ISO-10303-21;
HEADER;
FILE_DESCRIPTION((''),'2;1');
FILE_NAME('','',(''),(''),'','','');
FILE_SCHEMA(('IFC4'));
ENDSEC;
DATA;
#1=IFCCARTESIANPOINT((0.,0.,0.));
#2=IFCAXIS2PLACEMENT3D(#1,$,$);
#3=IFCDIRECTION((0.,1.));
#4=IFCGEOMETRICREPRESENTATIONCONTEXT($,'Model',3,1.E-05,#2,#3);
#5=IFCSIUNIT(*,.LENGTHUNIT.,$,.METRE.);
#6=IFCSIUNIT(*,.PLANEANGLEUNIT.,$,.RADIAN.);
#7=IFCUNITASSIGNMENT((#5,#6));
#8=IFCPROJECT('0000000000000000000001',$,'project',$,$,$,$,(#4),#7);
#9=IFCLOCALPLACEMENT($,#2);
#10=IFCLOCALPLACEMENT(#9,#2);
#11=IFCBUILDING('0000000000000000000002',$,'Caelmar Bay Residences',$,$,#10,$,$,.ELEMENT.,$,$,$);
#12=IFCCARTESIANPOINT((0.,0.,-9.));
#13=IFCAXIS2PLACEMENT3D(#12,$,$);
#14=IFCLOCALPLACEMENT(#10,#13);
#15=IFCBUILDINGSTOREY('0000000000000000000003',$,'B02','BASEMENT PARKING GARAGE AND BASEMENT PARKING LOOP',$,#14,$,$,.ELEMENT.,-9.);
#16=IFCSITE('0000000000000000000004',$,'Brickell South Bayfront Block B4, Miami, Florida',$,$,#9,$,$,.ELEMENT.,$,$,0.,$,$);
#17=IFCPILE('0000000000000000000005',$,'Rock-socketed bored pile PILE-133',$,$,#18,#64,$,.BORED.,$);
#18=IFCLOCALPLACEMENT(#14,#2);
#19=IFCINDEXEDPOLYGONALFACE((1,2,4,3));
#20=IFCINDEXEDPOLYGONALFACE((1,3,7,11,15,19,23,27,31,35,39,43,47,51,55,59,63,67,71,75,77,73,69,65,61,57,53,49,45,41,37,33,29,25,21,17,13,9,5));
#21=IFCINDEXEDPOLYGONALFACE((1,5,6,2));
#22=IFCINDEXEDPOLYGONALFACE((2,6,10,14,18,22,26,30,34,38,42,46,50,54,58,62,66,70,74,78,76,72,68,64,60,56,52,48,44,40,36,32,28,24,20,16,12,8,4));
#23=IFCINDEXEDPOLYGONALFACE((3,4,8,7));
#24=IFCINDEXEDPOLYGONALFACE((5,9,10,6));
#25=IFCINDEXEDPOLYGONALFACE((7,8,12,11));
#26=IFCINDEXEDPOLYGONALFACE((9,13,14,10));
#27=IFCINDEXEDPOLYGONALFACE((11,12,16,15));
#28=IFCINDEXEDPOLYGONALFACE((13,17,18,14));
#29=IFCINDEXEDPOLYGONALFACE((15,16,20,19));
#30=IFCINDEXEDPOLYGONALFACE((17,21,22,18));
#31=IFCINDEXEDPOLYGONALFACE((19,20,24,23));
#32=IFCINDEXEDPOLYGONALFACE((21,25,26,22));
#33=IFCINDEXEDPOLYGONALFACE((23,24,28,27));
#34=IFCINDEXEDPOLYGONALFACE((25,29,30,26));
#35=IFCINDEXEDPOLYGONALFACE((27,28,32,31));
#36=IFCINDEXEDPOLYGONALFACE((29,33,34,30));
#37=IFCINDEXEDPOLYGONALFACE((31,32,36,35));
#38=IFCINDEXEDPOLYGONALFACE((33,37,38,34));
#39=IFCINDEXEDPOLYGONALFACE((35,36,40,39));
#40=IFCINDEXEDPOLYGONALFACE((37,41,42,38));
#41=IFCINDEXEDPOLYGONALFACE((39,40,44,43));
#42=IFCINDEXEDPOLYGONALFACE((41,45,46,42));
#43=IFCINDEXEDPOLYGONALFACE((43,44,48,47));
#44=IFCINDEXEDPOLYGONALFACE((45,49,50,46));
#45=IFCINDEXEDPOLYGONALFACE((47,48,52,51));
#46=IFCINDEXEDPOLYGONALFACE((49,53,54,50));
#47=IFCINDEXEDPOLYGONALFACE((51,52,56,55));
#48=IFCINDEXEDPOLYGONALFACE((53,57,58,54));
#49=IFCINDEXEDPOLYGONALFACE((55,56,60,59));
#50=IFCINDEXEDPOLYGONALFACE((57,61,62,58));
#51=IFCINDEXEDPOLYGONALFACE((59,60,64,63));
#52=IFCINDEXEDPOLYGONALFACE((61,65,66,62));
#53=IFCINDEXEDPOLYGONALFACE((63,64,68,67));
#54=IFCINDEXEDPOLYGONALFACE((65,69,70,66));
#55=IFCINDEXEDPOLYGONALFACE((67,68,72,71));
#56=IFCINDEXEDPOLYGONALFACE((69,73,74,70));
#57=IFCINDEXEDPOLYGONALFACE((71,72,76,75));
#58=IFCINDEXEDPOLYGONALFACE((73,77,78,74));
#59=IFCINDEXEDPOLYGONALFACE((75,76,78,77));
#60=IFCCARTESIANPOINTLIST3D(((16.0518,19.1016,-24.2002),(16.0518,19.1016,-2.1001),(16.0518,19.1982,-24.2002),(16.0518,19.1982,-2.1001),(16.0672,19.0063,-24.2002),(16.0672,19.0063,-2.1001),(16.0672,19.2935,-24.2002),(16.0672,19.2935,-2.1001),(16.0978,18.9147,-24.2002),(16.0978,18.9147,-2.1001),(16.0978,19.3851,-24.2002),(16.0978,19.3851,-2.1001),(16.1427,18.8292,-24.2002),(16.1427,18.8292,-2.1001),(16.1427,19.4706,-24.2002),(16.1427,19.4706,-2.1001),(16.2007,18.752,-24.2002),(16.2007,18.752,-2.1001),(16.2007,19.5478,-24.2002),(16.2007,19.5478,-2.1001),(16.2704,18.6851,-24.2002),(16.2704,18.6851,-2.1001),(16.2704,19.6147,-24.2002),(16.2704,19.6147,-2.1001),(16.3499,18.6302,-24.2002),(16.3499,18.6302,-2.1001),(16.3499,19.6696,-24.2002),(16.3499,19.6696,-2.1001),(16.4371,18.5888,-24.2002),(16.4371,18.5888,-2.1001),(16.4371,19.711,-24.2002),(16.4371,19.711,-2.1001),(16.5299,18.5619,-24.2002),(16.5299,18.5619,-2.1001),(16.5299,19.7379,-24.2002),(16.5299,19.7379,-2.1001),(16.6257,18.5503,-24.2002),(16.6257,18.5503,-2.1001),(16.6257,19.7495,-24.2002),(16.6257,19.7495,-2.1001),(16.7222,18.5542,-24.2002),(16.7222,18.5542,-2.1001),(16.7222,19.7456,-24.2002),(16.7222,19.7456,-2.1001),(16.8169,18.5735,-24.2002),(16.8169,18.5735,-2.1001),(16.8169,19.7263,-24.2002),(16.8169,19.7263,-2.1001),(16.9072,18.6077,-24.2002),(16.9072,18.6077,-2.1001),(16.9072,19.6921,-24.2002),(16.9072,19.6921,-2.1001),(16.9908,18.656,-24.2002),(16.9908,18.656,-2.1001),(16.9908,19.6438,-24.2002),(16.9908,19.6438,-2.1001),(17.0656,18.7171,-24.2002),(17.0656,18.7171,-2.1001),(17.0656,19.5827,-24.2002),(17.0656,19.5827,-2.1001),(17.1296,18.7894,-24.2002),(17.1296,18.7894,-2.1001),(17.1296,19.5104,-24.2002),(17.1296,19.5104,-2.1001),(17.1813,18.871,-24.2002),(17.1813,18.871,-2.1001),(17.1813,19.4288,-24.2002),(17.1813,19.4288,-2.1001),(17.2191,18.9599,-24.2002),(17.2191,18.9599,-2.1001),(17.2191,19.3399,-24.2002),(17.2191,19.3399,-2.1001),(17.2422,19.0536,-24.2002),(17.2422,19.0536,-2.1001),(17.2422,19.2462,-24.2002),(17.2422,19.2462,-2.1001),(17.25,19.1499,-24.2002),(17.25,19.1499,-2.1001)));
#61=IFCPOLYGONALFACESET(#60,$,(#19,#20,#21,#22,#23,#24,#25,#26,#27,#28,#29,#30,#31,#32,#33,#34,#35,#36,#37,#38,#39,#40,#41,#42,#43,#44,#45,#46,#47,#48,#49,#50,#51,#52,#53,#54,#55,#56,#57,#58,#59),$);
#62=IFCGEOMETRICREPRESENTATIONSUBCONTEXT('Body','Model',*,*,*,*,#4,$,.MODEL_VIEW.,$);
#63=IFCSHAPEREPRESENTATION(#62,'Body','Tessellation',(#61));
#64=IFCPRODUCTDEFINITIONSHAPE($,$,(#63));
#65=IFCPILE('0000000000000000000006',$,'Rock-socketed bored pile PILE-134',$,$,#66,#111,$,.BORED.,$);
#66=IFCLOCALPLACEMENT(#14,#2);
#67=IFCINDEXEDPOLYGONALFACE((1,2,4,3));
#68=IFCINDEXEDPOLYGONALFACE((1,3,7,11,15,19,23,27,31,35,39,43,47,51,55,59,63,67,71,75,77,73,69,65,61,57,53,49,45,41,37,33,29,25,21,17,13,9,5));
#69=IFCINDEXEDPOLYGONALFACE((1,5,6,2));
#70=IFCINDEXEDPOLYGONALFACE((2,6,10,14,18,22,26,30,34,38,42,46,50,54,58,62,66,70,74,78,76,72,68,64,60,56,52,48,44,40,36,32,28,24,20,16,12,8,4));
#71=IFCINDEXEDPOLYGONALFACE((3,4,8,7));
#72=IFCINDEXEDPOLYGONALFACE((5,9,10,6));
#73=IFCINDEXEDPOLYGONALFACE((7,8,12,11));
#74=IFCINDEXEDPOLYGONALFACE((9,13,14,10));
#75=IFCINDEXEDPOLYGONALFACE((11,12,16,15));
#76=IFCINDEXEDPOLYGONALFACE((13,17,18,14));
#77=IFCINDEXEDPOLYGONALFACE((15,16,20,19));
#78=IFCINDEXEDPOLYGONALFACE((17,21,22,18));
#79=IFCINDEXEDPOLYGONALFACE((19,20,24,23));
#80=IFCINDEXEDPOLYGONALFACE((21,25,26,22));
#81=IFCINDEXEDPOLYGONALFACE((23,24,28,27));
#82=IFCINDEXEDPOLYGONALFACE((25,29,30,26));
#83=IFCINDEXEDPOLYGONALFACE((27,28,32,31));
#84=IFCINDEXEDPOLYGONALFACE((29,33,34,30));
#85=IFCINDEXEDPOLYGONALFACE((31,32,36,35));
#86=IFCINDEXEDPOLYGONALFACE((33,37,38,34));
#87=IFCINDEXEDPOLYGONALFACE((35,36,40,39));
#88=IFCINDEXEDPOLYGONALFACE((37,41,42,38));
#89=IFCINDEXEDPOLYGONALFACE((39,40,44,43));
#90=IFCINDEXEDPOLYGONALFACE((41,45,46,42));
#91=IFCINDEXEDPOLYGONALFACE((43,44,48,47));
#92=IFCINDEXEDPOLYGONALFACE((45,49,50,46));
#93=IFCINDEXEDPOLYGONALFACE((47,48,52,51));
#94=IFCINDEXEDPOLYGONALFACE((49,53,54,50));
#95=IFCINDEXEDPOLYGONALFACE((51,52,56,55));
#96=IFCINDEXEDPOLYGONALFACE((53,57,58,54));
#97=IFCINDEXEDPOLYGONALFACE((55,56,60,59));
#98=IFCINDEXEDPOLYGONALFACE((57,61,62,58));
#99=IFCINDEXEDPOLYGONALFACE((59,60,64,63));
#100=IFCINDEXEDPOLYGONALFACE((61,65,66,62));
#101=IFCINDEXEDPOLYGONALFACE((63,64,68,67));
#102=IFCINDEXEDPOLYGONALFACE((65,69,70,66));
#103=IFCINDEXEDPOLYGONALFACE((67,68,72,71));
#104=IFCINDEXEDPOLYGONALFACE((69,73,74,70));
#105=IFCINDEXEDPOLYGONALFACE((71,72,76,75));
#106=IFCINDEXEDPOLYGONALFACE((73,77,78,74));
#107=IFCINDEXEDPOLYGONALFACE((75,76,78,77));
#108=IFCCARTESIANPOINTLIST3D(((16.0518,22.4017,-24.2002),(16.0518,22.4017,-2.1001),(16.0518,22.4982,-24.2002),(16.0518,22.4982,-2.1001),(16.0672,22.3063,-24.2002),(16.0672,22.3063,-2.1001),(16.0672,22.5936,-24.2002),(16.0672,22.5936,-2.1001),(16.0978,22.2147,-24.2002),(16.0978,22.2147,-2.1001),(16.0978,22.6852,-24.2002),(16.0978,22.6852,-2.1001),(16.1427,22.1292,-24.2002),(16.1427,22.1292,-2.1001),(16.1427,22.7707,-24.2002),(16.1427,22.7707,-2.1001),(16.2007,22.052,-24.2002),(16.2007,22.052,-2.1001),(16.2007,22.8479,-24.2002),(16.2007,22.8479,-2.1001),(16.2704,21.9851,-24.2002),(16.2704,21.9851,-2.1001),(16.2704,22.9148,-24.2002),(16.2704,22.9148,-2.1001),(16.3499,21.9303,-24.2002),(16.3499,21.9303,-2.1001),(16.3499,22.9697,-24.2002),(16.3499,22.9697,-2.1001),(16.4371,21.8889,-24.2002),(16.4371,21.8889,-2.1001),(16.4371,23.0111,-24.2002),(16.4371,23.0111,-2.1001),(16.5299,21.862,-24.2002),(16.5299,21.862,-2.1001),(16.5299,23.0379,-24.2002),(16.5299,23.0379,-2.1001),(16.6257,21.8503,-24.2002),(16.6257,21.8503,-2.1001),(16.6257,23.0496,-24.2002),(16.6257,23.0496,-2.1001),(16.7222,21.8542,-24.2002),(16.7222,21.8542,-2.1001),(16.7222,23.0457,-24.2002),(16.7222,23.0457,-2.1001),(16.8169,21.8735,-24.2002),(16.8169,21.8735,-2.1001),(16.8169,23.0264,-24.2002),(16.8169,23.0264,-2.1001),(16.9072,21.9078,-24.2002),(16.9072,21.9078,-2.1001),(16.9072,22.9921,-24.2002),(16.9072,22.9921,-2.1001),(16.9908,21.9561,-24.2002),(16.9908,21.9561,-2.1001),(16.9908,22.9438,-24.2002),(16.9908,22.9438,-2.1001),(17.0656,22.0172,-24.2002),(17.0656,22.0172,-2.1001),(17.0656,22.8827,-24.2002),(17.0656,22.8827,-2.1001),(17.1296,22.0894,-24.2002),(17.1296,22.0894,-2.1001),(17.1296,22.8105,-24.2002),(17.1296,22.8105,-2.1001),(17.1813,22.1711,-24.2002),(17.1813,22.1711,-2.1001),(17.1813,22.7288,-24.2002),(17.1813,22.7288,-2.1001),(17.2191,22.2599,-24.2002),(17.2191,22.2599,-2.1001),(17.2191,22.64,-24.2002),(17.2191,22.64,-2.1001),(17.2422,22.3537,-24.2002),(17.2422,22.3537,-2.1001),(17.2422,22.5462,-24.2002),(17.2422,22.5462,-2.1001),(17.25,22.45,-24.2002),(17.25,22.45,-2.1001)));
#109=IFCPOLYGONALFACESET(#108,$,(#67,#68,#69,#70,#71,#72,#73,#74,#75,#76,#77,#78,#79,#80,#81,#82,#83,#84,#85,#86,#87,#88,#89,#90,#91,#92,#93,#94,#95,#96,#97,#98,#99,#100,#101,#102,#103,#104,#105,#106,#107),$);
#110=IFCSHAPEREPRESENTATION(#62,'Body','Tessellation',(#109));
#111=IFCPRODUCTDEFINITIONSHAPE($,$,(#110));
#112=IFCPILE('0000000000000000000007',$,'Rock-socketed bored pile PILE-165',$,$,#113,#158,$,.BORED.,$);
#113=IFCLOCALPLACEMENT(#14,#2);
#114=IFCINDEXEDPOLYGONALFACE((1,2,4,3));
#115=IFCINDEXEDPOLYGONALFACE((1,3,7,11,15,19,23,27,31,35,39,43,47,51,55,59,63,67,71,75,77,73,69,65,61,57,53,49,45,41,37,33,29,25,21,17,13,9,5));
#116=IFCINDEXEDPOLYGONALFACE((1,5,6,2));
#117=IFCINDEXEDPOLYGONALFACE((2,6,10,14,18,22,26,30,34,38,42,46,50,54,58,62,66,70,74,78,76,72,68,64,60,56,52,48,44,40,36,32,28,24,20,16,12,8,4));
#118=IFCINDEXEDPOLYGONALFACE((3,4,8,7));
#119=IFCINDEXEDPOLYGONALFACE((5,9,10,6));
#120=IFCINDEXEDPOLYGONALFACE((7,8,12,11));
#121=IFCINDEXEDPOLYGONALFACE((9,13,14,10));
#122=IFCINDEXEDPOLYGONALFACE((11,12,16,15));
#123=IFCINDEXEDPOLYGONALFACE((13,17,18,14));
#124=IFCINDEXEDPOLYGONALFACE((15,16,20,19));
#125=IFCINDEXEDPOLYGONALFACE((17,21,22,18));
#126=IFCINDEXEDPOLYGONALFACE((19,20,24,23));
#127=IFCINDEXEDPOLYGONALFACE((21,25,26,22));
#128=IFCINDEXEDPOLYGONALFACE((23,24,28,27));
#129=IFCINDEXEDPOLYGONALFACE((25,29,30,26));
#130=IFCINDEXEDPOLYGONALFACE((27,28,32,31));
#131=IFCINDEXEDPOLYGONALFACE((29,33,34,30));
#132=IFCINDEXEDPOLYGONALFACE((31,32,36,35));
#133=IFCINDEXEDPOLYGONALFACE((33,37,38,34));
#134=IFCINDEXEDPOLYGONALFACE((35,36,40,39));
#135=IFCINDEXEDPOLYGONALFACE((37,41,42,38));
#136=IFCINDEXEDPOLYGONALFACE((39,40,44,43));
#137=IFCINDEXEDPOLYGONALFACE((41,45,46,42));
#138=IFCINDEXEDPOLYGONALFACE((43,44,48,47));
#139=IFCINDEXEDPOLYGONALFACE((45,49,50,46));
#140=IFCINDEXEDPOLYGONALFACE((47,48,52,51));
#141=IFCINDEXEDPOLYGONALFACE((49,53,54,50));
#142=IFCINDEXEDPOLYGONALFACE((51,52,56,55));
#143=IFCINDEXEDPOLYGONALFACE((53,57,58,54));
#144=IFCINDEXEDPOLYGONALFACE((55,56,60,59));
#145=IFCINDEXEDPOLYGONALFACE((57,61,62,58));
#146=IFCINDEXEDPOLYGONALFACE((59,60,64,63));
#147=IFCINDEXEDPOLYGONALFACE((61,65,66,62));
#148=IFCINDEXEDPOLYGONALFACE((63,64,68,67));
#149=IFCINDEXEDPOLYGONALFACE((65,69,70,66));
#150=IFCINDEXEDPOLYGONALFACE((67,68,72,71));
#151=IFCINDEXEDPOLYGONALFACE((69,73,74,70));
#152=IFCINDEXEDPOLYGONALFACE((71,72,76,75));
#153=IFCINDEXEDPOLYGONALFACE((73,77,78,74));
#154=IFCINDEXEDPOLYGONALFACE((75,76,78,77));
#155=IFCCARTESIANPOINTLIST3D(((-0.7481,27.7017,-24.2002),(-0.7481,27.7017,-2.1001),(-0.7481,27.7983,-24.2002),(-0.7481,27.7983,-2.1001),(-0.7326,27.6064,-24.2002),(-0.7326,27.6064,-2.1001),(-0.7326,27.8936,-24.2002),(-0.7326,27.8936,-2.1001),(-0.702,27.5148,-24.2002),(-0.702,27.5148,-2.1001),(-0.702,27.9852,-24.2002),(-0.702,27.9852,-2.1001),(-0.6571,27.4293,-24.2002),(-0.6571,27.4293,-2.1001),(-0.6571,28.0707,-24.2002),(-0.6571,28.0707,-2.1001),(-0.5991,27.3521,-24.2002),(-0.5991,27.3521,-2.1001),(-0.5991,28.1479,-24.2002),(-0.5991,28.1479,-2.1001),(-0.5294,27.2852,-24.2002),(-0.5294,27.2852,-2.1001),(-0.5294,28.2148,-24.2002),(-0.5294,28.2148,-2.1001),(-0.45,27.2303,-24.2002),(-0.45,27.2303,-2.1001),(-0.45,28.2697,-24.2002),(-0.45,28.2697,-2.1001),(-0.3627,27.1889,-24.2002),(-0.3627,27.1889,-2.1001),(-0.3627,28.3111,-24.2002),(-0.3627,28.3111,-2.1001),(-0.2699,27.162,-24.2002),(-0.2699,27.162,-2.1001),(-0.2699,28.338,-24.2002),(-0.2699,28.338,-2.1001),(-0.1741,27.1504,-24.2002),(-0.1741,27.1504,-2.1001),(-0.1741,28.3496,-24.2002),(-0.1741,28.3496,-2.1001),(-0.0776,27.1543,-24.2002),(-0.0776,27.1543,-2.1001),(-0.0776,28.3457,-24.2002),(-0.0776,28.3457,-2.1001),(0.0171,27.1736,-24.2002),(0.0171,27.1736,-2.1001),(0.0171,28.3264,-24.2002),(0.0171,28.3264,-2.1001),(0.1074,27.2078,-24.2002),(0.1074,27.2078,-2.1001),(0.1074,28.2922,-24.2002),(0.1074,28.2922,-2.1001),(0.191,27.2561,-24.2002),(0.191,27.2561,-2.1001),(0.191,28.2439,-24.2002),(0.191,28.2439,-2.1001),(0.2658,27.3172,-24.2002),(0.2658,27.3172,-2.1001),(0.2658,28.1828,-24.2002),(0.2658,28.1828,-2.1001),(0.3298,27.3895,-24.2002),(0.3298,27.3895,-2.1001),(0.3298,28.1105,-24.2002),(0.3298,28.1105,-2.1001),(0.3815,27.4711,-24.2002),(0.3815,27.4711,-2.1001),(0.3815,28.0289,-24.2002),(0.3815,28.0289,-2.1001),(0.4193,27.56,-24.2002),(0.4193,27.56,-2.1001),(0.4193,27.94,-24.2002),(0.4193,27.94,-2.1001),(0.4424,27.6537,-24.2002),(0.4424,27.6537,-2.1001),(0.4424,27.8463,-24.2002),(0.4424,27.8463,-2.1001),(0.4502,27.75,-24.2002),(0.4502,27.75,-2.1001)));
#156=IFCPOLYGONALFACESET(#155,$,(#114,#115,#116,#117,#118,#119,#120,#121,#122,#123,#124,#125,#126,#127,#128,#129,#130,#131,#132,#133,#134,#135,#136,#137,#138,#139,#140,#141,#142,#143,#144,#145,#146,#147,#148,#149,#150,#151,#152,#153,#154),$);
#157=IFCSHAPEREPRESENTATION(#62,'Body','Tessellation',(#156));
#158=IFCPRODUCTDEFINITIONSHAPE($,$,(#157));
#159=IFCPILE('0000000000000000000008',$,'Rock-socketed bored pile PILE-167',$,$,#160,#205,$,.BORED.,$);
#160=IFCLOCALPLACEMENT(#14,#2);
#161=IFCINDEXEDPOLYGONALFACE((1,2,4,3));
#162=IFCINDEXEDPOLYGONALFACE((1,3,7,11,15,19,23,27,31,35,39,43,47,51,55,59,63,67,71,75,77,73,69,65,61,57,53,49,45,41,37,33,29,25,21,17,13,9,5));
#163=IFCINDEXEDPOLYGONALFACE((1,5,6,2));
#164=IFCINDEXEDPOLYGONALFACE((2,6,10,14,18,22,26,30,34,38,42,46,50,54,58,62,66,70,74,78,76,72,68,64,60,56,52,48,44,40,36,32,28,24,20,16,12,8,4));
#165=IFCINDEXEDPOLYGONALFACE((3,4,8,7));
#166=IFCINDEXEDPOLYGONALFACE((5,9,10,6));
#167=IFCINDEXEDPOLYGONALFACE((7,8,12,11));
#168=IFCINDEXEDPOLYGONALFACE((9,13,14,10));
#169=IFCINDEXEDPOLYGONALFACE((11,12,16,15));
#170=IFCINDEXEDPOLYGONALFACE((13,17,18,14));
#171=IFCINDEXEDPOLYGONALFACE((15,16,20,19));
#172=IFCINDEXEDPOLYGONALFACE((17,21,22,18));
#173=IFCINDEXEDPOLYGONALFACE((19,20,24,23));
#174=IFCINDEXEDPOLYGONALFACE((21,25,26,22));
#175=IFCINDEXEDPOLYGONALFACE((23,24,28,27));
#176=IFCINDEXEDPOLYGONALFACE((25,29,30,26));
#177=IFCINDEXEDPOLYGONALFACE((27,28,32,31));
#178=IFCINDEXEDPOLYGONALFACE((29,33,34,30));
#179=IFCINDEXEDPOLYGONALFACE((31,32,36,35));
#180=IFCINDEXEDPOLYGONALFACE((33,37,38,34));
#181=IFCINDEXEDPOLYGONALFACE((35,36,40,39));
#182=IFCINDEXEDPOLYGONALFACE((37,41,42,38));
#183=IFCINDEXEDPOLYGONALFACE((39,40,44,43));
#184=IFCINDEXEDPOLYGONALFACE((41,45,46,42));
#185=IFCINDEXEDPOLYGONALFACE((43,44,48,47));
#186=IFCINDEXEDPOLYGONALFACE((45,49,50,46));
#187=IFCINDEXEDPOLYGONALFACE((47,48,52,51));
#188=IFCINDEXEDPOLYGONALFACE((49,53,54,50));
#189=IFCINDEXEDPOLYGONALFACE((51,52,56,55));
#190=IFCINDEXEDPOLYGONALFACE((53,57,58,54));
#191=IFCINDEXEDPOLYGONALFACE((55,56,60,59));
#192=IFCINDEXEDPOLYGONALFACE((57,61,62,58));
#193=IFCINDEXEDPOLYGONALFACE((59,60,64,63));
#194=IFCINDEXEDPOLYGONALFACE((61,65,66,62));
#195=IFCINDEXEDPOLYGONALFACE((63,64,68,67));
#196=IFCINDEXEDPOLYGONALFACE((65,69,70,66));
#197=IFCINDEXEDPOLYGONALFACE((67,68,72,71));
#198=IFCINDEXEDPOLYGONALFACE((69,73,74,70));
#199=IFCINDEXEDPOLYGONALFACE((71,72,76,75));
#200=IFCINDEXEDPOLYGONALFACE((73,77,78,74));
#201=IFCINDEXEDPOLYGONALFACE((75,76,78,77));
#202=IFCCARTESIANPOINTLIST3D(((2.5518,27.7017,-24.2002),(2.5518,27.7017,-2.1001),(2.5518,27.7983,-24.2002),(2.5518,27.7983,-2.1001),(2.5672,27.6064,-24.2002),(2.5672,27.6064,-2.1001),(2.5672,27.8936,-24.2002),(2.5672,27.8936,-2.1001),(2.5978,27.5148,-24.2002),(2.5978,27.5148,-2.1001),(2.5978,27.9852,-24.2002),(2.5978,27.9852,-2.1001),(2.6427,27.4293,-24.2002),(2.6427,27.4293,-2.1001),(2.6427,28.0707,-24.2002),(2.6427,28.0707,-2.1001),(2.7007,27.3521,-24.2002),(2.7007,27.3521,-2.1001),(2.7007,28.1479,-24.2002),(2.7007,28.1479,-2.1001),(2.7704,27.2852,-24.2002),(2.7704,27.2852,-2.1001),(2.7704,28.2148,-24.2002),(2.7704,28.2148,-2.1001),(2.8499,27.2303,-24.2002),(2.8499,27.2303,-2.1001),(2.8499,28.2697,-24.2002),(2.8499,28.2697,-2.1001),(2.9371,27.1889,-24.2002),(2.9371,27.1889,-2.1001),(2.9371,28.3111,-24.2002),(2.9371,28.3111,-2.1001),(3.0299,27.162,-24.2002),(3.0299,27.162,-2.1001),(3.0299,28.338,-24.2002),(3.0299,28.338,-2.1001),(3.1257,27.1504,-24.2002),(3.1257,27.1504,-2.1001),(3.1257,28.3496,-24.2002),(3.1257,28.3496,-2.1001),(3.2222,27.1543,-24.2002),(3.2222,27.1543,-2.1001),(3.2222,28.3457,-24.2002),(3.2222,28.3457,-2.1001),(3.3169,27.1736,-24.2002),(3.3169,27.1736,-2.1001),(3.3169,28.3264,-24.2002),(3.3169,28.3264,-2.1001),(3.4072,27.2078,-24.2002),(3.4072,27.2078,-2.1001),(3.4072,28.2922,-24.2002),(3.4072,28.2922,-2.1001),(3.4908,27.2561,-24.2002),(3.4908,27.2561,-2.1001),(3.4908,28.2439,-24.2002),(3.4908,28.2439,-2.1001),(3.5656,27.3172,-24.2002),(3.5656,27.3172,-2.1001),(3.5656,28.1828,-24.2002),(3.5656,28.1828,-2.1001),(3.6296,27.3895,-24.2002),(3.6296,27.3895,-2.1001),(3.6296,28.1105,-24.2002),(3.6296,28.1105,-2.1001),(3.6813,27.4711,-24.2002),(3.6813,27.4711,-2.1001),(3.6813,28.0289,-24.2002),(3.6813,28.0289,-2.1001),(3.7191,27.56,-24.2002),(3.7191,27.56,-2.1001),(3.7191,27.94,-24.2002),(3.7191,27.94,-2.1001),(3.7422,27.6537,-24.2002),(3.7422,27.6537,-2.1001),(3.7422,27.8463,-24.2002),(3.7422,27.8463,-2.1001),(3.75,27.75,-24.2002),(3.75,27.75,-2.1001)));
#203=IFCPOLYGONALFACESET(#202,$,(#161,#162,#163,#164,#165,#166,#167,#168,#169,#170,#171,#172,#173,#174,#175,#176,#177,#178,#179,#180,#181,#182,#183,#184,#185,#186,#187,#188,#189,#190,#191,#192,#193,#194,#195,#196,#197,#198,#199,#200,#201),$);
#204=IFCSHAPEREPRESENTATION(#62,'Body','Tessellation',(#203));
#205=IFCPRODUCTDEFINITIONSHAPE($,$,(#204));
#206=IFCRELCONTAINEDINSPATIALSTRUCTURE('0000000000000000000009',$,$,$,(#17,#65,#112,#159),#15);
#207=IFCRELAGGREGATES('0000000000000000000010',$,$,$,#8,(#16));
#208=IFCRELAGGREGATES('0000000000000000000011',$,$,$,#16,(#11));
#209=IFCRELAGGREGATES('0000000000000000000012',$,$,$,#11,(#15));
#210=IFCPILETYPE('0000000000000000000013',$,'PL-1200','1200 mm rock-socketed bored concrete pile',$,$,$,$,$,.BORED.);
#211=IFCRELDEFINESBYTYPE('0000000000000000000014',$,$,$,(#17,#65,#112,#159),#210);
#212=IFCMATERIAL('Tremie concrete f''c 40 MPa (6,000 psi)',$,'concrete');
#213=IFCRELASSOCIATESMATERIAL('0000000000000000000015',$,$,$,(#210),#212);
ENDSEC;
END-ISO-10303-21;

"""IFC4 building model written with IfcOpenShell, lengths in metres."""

from ifc_helpers import new_model, si_unit, direction, frame, origin, origin_2d, place, context, subcontext, project, spatial, circle, extrude, material, material_profile, profile_set, type_object, element, save


model = new_model("IFC4")

# Units and contexts
model_context = context("Model", 3, precision=1e-05, world=origin(), true_north=direction((0.0, 1.0)))
body_context = subcontext(model_context, "Body", "Model", "MODEL_VIEW")
ifc_project = project(units=[si_unit("LENGTHUNIT", "METRE"), si_unit("PLANEANGLEUNIT", "RADIAN")], contexts=[model_context])

# Site, building, storey
site_placement = place(None, origin())
site = spatial("IfcSite", under=ifc_project, at=site_placement, Name="Brickell South Bayfront Block B4, Miami, Florida", CompositionType="ELEMENT", RefElevation=0.0)
building_placement = place(site_placement, origin())
building = spatial("IfcBuilding", under=site, at=building_placement, Name="Caelmar Bay Residences", CompositionType="ELEMENT")
storey_placement = place(building_placement, frame((0.0, 0.0, -9.0)))
storey = spatial("IfcBuildingStorey", under=building, at=storey_placement, Name="B02", Description="BASEMENT PARKING GARAGE AND BASEMENT PARKING LOOP", CompositionType="ELEMENT", Elevation=-9.0)

# Piles
ifc_material_1 = material(Name="Tremie concrete f'c 40 MPa (6,000 psi)", Category="concrete")
ifc_material_profile_1 = material_profile(ifc_material_1, circle(Radius=0.6001, at=origin_2d()), Name="PILE-1200D")
ifc_profile_set_1 = profile_set([ifc_material_profile_1], Name="Tremie concrete f'c 40 MPa (6,000 psi)")
pile_type = type_object("IfcPileType", Name="PL-1200", Description="1200 mm rock-socketed bored concrete pile", PredefinedType="BORED", material=ifc_profile_set_1)
for number, where, z_axis, x_axis, name in (
    (1, (16.6499, 19.1499, -2.1001), (0.0, 0.0, -1.0), (1.0, 0.0, 0.0), "Rock-socketed bored pile PILE-133"),
    (2, (16.6499, 22.45, -2.1001), (0.0, 0.0, -1.0), (1.0, 0.0, 0.0), "Rock-socketed bored pile PILE-134"),
    (3, (-0.1499, 27.75, -2.1001), (0.0, 0.0, -1.0), (1.0, 0.0, 0.0), "Rock-socketed bored pile PILE-165"),
    (4, (3.1499, 27.75, -2.1001), (0.0, 0.0, -1.0), (1.0, 0.0, 0.0), "Rock-socketed bored pile PILE-167"),
):
    element("IfcPile", number, at=place(storey_placement, frame(where, z_axis=z_axis, x_axis=x_axis)), inside=storey, type_object=pile_type, Name=name, PredefinedType="BORED", context=body_context, shape_type="SweptSolid", body=[
        extrude(circle(Radius=0.6001, at=origin_2d()), origin(), (0.0, 0.0, 1.0), 22.1001),
    ])

save(model, "model.ifc")
